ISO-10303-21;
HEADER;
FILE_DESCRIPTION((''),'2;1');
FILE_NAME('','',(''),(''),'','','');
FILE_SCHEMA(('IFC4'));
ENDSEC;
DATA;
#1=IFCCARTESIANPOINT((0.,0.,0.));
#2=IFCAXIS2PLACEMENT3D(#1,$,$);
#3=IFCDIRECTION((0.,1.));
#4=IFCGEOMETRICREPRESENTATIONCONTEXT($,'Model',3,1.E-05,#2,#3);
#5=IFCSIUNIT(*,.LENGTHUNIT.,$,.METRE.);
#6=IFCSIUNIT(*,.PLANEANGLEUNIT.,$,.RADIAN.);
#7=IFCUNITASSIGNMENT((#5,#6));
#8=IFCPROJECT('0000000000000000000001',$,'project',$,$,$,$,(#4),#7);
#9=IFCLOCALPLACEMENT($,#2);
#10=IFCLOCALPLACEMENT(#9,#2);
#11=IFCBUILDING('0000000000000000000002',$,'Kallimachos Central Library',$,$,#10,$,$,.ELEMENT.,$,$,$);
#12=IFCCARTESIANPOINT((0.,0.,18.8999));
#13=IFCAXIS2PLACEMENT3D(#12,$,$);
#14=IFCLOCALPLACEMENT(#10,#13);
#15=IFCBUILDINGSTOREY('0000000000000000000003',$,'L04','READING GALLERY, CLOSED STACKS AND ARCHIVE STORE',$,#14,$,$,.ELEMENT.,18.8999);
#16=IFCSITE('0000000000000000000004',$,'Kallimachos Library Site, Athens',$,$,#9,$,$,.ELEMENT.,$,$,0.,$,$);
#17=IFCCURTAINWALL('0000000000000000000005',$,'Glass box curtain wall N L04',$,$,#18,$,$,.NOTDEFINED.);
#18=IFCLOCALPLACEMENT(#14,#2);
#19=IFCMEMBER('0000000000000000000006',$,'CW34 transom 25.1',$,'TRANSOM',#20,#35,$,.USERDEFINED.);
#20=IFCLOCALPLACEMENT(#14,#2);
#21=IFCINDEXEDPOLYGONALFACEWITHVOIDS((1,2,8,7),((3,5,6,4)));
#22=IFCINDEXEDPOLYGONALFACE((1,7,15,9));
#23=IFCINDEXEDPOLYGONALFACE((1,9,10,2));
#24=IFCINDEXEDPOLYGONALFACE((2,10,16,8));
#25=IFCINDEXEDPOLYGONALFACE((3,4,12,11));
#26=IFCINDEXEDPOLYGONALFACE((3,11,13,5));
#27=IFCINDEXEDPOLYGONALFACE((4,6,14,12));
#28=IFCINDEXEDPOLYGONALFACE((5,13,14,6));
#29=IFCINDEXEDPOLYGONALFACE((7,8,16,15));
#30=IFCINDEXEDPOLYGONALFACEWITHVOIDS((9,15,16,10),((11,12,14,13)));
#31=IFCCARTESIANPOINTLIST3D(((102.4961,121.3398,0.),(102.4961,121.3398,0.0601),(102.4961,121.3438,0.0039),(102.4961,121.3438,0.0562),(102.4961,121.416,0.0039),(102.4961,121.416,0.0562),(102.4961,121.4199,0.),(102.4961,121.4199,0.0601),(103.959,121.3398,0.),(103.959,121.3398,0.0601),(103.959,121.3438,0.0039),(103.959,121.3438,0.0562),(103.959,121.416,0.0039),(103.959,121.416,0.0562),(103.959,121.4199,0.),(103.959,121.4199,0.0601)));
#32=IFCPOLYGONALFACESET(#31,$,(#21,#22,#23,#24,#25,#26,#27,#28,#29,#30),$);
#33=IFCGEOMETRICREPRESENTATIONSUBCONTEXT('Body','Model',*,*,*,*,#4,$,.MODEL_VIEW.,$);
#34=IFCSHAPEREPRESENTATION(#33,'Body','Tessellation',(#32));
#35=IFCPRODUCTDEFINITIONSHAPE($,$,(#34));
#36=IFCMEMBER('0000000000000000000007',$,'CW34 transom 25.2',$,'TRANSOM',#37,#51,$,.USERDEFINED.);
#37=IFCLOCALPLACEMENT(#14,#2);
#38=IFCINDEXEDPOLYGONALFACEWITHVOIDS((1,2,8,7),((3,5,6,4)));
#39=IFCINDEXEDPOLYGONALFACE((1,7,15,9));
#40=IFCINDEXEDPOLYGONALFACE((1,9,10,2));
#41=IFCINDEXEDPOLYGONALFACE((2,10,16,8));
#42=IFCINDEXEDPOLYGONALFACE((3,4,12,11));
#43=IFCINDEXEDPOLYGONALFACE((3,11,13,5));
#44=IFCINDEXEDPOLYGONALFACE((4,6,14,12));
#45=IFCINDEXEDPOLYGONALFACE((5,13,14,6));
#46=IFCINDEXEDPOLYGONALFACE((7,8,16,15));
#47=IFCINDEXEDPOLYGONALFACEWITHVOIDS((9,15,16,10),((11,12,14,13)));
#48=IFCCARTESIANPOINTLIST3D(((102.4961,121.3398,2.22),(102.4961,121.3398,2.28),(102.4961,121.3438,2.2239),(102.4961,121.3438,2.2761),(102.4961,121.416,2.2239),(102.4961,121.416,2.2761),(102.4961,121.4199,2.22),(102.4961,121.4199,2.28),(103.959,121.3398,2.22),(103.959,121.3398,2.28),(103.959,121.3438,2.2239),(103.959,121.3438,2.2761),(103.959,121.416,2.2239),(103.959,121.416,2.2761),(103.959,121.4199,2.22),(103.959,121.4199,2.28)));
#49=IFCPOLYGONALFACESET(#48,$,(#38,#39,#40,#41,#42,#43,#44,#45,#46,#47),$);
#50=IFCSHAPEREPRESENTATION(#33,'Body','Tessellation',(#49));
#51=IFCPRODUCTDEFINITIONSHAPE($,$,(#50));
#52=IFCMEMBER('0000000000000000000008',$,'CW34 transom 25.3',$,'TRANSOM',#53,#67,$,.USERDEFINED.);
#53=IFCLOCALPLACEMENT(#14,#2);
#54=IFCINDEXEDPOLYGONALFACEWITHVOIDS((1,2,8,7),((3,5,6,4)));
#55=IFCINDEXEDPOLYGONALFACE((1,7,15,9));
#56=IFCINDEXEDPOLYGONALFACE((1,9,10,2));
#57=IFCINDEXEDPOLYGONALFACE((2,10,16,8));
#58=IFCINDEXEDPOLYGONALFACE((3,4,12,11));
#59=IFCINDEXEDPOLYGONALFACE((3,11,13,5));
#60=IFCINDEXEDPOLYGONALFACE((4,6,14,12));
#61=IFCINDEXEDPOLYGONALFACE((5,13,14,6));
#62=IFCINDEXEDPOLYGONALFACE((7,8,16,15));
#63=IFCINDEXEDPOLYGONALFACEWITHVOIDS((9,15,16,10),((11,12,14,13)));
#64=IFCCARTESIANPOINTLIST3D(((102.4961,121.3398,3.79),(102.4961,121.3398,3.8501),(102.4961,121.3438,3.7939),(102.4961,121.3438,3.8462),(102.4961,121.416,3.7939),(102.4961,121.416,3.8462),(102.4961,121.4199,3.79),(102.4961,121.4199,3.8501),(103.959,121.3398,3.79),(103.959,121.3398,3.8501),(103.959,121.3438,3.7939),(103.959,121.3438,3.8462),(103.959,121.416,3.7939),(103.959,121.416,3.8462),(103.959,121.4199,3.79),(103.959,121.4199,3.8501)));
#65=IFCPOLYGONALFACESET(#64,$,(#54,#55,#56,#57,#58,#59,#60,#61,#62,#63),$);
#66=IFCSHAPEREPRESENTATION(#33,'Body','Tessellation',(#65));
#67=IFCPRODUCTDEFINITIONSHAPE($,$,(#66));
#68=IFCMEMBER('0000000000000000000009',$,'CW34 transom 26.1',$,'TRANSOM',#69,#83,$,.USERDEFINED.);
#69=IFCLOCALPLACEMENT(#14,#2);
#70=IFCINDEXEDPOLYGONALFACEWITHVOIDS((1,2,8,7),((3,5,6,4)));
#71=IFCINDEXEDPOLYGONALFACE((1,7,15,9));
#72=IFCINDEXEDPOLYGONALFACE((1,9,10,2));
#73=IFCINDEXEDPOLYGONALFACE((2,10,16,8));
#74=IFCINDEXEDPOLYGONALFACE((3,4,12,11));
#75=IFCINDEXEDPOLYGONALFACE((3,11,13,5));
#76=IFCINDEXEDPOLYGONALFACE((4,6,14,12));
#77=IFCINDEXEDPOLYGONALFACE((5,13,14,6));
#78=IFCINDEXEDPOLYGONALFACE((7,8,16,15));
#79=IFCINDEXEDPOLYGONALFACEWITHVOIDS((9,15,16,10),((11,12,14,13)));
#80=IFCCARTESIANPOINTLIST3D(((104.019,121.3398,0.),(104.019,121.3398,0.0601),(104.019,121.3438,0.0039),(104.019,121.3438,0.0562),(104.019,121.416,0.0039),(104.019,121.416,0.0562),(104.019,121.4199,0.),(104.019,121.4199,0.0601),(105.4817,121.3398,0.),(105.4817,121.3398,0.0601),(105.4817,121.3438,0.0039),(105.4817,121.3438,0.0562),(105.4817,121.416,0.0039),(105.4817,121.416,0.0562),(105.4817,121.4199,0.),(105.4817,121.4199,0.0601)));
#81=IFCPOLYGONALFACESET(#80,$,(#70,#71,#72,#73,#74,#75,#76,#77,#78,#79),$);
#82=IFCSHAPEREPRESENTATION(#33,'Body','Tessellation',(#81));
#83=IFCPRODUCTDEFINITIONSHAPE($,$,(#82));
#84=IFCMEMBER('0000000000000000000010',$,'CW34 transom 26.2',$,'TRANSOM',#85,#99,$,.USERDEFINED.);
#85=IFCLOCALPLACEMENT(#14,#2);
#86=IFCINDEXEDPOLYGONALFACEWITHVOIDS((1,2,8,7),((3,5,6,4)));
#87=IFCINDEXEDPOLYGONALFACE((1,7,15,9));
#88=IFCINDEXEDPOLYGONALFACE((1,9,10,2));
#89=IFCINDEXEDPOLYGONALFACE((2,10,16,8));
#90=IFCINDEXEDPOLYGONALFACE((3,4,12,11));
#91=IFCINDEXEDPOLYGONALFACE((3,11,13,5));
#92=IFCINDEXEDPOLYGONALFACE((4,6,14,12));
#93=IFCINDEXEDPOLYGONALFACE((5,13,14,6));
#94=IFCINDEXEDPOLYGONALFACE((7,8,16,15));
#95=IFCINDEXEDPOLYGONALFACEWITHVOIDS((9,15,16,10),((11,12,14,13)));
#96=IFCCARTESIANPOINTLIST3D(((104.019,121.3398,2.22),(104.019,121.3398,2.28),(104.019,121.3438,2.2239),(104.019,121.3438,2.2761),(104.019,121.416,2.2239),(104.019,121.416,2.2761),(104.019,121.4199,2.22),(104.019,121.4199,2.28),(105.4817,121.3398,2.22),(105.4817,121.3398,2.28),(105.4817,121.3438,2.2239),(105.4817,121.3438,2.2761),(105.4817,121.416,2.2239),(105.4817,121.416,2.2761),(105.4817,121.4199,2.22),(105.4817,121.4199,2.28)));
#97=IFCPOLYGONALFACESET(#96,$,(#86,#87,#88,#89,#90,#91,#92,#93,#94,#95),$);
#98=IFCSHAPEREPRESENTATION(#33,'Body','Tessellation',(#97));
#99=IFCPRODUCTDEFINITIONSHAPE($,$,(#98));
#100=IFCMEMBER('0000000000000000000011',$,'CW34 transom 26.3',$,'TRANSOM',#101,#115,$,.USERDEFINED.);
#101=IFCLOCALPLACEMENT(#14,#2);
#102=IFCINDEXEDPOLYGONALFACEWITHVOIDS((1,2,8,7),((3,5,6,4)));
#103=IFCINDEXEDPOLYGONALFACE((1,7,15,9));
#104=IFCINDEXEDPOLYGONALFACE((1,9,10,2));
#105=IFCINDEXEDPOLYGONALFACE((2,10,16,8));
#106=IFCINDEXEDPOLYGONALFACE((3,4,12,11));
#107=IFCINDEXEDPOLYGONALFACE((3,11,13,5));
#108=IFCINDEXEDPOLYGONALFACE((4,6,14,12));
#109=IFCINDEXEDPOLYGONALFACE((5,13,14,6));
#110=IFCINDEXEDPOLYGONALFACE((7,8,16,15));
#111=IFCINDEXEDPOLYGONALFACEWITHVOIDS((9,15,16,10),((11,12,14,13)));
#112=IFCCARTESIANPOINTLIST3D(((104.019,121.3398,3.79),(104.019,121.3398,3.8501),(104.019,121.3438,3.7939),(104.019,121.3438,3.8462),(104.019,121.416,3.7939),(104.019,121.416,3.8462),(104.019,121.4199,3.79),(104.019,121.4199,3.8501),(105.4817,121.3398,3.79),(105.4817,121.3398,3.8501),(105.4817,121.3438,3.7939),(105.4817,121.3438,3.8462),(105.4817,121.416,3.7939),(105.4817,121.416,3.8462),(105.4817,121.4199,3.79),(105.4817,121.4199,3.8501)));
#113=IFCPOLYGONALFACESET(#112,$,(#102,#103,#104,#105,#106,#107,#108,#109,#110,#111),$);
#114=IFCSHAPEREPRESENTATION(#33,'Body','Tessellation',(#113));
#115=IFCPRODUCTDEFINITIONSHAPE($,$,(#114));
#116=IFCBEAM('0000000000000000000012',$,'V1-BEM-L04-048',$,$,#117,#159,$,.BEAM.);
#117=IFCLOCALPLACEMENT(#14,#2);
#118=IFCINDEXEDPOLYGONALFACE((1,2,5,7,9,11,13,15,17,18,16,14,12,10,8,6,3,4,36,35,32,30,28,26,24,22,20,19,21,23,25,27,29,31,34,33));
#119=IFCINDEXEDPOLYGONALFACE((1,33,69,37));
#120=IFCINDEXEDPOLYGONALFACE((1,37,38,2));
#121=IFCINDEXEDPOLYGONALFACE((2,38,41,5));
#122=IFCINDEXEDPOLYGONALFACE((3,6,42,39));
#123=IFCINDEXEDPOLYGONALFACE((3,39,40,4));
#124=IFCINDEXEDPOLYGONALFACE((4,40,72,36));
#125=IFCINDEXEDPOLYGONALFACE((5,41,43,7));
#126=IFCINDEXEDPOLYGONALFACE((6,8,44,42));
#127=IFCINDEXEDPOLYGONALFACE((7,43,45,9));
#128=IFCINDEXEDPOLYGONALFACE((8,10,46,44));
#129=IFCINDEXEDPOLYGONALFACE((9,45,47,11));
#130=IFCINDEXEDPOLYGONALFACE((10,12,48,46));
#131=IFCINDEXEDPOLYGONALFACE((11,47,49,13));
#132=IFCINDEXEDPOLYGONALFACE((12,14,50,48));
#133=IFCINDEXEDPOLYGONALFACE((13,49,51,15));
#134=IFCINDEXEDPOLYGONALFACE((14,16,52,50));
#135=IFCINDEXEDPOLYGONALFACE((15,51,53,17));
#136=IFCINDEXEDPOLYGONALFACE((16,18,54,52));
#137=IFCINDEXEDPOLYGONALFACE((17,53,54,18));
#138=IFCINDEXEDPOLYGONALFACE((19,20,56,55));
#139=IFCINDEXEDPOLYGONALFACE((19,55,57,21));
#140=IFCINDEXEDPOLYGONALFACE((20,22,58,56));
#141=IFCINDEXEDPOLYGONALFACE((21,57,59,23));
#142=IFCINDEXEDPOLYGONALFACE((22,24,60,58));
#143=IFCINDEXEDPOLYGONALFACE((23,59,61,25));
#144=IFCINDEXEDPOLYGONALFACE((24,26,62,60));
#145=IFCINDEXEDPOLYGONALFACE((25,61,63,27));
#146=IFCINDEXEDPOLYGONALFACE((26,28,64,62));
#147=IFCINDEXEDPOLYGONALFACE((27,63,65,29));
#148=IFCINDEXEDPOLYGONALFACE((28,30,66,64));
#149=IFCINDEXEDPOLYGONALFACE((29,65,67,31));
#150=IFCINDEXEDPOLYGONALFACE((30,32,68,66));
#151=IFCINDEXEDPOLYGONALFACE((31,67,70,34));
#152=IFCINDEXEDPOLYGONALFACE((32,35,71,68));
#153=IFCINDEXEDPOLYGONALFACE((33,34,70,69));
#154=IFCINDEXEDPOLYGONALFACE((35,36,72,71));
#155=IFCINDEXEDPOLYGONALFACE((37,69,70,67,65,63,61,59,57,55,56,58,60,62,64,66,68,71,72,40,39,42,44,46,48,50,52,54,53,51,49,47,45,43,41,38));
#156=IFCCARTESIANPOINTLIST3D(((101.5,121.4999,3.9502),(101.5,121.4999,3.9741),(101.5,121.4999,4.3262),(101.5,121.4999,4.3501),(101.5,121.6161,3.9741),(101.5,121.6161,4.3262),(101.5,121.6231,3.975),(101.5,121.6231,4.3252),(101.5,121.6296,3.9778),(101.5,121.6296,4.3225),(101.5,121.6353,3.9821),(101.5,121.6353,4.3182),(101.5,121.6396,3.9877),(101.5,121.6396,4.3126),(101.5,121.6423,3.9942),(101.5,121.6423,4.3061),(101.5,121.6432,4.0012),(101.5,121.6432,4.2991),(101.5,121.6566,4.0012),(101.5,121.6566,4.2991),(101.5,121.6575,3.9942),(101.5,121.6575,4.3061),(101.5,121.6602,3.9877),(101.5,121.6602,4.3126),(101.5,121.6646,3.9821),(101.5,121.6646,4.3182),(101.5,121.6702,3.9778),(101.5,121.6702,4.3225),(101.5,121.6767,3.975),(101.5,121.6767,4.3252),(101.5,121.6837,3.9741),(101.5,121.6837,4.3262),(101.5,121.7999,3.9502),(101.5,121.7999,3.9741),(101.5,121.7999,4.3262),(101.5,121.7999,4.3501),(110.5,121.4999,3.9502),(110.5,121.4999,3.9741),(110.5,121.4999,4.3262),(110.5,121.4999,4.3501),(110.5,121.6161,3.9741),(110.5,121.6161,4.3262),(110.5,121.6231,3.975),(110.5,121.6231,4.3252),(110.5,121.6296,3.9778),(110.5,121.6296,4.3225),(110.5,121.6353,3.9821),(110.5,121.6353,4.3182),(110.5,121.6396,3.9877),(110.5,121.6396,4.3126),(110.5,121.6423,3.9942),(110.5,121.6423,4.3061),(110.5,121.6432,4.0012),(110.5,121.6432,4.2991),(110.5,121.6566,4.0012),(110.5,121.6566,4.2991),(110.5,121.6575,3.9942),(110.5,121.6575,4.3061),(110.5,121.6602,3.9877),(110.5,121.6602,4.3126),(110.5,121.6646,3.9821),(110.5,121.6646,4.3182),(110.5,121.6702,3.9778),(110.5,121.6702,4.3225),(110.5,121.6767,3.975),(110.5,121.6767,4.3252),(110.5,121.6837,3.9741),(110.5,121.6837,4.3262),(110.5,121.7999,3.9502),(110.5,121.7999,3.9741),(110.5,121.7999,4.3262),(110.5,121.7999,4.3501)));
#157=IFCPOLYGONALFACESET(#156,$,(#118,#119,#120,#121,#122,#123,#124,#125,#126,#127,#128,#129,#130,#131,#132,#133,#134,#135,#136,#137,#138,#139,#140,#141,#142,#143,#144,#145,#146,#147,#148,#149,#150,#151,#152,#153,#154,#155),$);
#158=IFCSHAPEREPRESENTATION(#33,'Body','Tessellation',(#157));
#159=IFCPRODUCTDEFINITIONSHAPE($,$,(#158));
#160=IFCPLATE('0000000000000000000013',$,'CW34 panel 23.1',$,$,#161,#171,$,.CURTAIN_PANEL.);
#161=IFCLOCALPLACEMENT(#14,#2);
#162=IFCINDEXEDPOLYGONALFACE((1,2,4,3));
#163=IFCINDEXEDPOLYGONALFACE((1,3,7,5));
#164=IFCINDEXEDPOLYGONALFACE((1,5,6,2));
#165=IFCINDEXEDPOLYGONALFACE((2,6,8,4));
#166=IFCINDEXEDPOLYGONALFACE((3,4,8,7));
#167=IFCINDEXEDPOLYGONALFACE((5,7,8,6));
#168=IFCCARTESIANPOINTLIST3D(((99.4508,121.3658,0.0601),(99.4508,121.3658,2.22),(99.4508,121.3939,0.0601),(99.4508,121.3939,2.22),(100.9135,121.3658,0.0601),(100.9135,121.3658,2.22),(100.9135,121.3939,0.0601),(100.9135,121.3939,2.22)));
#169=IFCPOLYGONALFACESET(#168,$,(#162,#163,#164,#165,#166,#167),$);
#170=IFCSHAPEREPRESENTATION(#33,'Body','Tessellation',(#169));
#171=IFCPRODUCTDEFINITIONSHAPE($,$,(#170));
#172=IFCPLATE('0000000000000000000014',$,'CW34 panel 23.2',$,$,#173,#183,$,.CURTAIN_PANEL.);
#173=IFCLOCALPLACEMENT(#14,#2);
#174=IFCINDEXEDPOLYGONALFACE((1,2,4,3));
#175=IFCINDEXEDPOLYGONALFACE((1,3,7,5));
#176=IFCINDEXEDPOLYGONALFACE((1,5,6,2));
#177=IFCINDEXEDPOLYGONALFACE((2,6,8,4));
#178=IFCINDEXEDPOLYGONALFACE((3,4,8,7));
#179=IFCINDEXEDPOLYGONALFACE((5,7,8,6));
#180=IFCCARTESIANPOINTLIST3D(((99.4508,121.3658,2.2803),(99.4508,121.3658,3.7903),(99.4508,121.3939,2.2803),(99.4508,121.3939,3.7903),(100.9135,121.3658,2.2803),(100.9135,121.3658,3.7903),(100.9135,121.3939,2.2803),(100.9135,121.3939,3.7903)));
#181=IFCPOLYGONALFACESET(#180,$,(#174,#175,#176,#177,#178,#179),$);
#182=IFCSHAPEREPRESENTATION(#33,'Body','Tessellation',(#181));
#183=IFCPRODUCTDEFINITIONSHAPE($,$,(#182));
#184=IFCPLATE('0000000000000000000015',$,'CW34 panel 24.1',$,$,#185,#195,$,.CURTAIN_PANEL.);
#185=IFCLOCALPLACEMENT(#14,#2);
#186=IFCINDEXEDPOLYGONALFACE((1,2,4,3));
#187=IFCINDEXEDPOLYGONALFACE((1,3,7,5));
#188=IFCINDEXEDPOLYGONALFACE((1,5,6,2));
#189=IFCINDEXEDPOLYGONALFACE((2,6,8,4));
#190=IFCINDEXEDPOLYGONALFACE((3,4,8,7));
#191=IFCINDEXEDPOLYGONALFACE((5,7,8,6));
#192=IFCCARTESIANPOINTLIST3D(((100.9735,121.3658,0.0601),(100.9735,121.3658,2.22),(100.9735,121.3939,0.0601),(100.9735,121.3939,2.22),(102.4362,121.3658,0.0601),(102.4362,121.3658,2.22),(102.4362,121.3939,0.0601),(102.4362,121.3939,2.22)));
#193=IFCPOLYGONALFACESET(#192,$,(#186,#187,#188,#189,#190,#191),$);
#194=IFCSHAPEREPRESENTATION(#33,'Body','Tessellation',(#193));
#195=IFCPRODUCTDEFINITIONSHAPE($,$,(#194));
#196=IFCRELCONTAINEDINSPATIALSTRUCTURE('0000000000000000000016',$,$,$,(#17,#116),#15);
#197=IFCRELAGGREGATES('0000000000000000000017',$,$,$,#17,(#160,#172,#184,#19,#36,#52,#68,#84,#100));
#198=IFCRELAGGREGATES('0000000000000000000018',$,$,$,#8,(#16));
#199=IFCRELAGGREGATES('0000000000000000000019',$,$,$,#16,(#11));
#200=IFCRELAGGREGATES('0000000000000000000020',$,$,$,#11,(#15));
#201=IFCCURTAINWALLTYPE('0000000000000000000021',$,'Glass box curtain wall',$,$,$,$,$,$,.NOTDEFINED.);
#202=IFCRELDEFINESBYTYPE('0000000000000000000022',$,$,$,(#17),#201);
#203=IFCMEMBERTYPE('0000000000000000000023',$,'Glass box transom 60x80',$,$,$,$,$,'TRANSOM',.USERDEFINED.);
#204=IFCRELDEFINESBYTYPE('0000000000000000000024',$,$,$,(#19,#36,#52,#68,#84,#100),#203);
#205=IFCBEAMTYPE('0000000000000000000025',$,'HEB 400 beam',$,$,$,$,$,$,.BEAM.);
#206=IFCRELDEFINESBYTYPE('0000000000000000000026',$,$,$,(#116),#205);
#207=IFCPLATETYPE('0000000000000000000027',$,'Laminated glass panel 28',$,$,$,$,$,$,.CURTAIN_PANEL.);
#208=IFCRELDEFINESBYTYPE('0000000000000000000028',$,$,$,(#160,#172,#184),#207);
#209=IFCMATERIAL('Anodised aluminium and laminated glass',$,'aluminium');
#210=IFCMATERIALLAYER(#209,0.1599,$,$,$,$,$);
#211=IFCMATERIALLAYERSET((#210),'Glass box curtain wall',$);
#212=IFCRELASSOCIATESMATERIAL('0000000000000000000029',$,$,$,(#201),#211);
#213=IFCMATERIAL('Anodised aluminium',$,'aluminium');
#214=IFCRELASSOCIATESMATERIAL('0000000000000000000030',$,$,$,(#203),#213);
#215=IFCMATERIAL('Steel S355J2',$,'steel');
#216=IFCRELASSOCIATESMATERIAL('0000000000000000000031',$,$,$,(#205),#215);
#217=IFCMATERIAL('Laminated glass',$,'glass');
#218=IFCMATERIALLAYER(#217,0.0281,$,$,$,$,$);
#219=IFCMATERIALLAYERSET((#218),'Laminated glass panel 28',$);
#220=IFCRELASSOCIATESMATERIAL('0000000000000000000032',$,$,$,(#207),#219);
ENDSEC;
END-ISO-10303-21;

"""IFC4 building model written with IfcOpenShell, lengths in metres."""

from ifc_helpers import new_model, si_unit, direction, frame, origin, origin_2d, place, context, subcontext, project, spatial, rectangle, hollow_rectangle, i_section, extrude, material, layer, layer_set, material_profile, profile_set, type_object, element, aggregate, save


model = new_model("IFC4")

# Units and contexts
model_context = context("Model", 3, precision=1e-05, world=origin(), true_north=direction((0.0, 1.0)))
body_context = subcontext(model_context, "Body", "Model", "MODEL_VIEW")
ifc_project = project(units=[si_unit("LENGTHUNIT", "METRE"), si_unit("PLANEANGLEUNIT", "RADIAN")], contexts=[model_context])

# Site, building, storey
site_placement = place(None, origin())
site = spatial("IfcSite", under=ifc_project, at=site_placement, Name="Kallimachos Library Site, Athens", CompositionType="ELEMENT", RefElevation=0.0)
building_placement = place(site_placement, origin())
building = spatial("IfcBuilding", under=site, at=building_placement, Name="Kallimachos Central Library", CompositionType="ELEMENT")
storey_placement = place(building_placement, frame((0.0, 0.0, 18.8999)))
storey = spatial("IfcBuildingStorey", under=building, at=storey_placement, Name="L04", Description="READING GALLERY, CLOSED STACKS AND ARCHIVE STORE", CompositionType="ELEMENT", Elevation=18.8999)

# Curtain wall, members
ifc_material_1 = material(Name="Anodised aluminium and laminated glass", Category="aluminium")
ifc_layer_1 = layer(ifc_material_1, 0.1599)
ifc_layer_set_1 = layer_set([ifc_layer_1], Name="Glass box curtain wall")
curtain_wall_type = type_object("IfcCurtainWallType", Name="Glass box curtain wall", PredefinedType="NOTDEFINED", material=ifc_layer_set_1)
curtain_wall_placement = place(storey_placement, origin())
curtain_wall = element("IfcCurtainWall", 1, at=curtain_wall_placement, inside=storey, type_object=curtain_wall_type, Name="Glass box curtain wall N L04", PredefinedType="NOTDEFINED")
ifc_material_2 = material(Name="Anodised aluminium", Category="aluminium")
ifc_material_profile_1 = material_profile(ifc_material_2, hollow_rectangle(XDim=0.0601, YDim=0.0801, WallThickness=0.0039, at=origin_2d()), Name="ALU TRANSOM 60x80")
ifc_profile_set_1 = profile_set([ifc_material_profile_1], Name="Anodised aluminium")
member_type_1 = type_object("IfcMemberType", Name="Glass box transom 60x80", ElementType="TRANSOM", PredefinedType="USERDEFINED", material=ifc_profile_set_1)
member_1_placement = place(storey_placement, frame((102.4961, 121.3799, 0.03), z_axis=(1.0, 0.0, 0.0), x_axis=(0.0, 0.0, 1.0)))
member_1 = element("IfcMember", 2, at=member_1_placement, type_object=member_type_1, Name="CW34 transom 25.1", ObjectType="TRANSOM", PredefinedType="USERDEFINED", context=body_context, shape_type="SweptSolid", body=[
    extrude(hollow_rectangle(XDim=0.0601, YDim=0.0801, WallThickness=0.0039, at=origin_2d()), origin(), (0.0, 0.0, 1.0), 1.4629),
])
member_2_placement = place(storey_placement, frame((102.4961, 121.3799, 2.25), z_axis=(1.0, 0.0, 0.0), x_axis=(0.0, 0.0, 1.0)))
member_2 = element("IfcMember", 3, at=member_2_placement, type_object=member_type_1, Name="CW34 transom 25.2", ObjectType="TRANSOM", PredefinedType="USERDEFINED", context=body_context, shape_type="SweptSolid", body=[
    extrude(hollow_rectangle(XDim=0.0601, YDim=0.0801, WallThickness=0.0039, at=origin_2d()), origin(), (0.0, 0.0, 1.0), 1.4629),
])
member_3_placement = place(storey_placement, frame((102.4961, 121.3799, 3.8201), z_axis=(1.0, 0.0, 0.0), x_axis=(0.0, 0.0, 1.0)))
member_3 = element("IfcMember", 4, at=member_3_placement, type_object=member_type_1, Name="CW34 transom 25.3", ObjectType="TRANSOM", PredefinedType="USERDEFINED", context=body_context, shape_type="SweptSolid", body=[
    extrude(hollow_rectangle(XDim=0.0601, YDim=0.0801, WallThickness=0.0039, at=origin_2d()), origin(), (0.0, 0.0, 1.0), 1.4629),
])
member_4_placement = place(storey_placement, frame((104.019, 121.3799, 0.03), z_axis=(1.0, 0.0, 0.0), x_axis=(0.0, 0.0, 1.0)))
member_4 = element("IfcMember", 5, at=member_4_placement, type_object=member_type_1, Name="CW34 transom 26.1", ObjectType="TRANSOM", PredefinedType="USERDEFINED", context=body_context, shape_type="SweptSolid", body=[
    extrude(hollow_rectangle(XDim=0.0601, YDim=0.0801, WallThickness=0.0039, at=origin_2d()), origin(), (0.0, 0.0, 1.0), 1.4626),
])
member_5_placement = place(storey_placement, frame((104.019, 121.3799, 2.25), z_axis=(1.0, 0.0, 0.0), x_axis=(0.0, 0.0, 1.0)))
member_5 = element("IfcMember", 6, at=member_5_placement, type_object=member_type_1, Name="CW34 transom 26.2", ObjectType="TRANSOM", PredefinedType="USERDEFINED", context=body_context, shape_type="SweptSolid", body=[
    extrude(hollow_rectangle(XDim=0.0601, YDim=0.0801, WallThickness=0.0039, at=origin_2d()), origin(), (0.0, 0.0, 1.0), 1.4626),
])
member_6_placement = place(storey_placement, frame((104.019, 121.3799, 3.8201), z_axis=(1.0, 0.0, 0.0), x_axis=(0.0, 0.0, 1.0)))
member_6 = element("IfcMember", 7, at=member_6_placement, type_object=member_type_1, Name="CW34 transom 26.3", ObjectType="TRANSOM", PredefinedType="USERDEFINED", context=body_context, shape_type="SweptSolid", body=[
    extrude(hollow_rectangle(XDim=0.0601, YDim=0.0801, WallThickness=0.0039, at=origin_2d()), origin(), (0.0, 0.0, 1.0), 1.4626),
])

# Beam
ifc_material_3 = material(Name="Steel S355J2", Category="steel")
ifc_material_profile_2 = material_profile(ifc_material_3, i_section(OverallWidth=0.3, OverallDepth=0.3999, WebThickness=0.0134, FlangeThickness=0.0239, FilletRadius=0.0271, at=origin_2d()), Name="HEB 400")
ifc_profile_set_2 = profile_set([ifc_material_profile_2], Name="Steel S355J2")
beam_type = type_object("IfcBeamType", Name="HEB 400 beam", PredefinedType="BEAM", material=ifc_profile_set_2)
beam_placement = place(storey_placement, frame((101.5, 121.6499, 4.1501), z_axis=(1.0, 0.0, 0.0), x_axis=(0.0, 1.0, 0.0)))
element("IfcBeam", 8, at=beam_placement, inside=storey, type_object=beam_type, Name="V1-BEM-L04-048", PredefinedType="BEAM", context=body_context, shape_type="SweptSolid", body=[
    extrude(i_section(OverallWidth=0.3, OverallDepth=0.3999, WebThickness=0.0134, FlangeThickness=0.0239, FilletRadius=0.0271, at=origin_2d()), origin(), (0.0, 0.0, 1.0), 9.0),
])

# Plates
ifc_material_4 = material(Name="Laminated glass", Category="glass")
ifc_layer_2 = layer(ifc_material_4, 0.0281)
ifc_layer_set_2 = layer_set([ifc_layer_2], Name="Laminated glass panel 28")
plate_type = type_object("IfcPlateType", Name="Laminated glass panel 28", PredefinedType="CURTAIN_PANEL", material=ifc_layer_set_2)
plate_1_placement = place(storey_placement, frame((100.1821, 121.3799, 0.0601), z_axis=(0.0, 0.0, 1.0), x_axis=(1.0, 0.0, 0.0)))
plate_1 = element("IfcPlate", 9, at=plate_1_placement, type_object=plate_type, Name="CW34 panel 23.1", PredefinedType="CURTAIN_PANEL", context=body_context, shape_type="SweptSolid", body=[
    extrude(rectangle(XDim=1.4626, YDim=0.0281, at=origin_2d()), origin(), (0.0, 0.0, 1.0), 2.1599),
])
plate_2_placement = place(storey_placement, frame((100.1821, 121.3799, 2.2803), z_axis=(0.0, 0.0, 1.0), x_axis=(1.0, 0.0, 0.0)))
plate_2 = element("IfcPlate", 10, at=plate_2_placement, type_object=plate_type, Name="CW34 panel 23.2", PredefinedType="CURTAIN_PANEL", context=body_context, shape_type="SweptSolid", body=[
    extrude(rectangle(XDim=1.4626, YDim=0.0281, at=origin_2d()), origin(), (0.0, 0.0, 1.0), 1.51),
])
plate_3_placement = place(storey_placement, frame((101.7048, 121.3799, 0.0601), z_axis=(0.0, 0.0, 1.0), x_axis=(1.0, 0.0, 0.0)))
plate_3 = element("IfcPlate", 11, at=plate_3_placement, type_object=plate_type, Name="CW34 panel 24.1", PredefinedType="CURTAIN_PANEL", context=body_context, shape_type="SweptSolid", body=[
    extrude(rectangle(XDim=1.4626, YDim=0.0281, at=origin_2d()), origin(), (0.0, 0.0, 1.0), 2.1599),
])
aggregate(curtain_wall, [plate_1, plate_2, plate_3, member_1, member_2, member_3, member_4, member_5, member_6])

save(model, "model.ifc")
